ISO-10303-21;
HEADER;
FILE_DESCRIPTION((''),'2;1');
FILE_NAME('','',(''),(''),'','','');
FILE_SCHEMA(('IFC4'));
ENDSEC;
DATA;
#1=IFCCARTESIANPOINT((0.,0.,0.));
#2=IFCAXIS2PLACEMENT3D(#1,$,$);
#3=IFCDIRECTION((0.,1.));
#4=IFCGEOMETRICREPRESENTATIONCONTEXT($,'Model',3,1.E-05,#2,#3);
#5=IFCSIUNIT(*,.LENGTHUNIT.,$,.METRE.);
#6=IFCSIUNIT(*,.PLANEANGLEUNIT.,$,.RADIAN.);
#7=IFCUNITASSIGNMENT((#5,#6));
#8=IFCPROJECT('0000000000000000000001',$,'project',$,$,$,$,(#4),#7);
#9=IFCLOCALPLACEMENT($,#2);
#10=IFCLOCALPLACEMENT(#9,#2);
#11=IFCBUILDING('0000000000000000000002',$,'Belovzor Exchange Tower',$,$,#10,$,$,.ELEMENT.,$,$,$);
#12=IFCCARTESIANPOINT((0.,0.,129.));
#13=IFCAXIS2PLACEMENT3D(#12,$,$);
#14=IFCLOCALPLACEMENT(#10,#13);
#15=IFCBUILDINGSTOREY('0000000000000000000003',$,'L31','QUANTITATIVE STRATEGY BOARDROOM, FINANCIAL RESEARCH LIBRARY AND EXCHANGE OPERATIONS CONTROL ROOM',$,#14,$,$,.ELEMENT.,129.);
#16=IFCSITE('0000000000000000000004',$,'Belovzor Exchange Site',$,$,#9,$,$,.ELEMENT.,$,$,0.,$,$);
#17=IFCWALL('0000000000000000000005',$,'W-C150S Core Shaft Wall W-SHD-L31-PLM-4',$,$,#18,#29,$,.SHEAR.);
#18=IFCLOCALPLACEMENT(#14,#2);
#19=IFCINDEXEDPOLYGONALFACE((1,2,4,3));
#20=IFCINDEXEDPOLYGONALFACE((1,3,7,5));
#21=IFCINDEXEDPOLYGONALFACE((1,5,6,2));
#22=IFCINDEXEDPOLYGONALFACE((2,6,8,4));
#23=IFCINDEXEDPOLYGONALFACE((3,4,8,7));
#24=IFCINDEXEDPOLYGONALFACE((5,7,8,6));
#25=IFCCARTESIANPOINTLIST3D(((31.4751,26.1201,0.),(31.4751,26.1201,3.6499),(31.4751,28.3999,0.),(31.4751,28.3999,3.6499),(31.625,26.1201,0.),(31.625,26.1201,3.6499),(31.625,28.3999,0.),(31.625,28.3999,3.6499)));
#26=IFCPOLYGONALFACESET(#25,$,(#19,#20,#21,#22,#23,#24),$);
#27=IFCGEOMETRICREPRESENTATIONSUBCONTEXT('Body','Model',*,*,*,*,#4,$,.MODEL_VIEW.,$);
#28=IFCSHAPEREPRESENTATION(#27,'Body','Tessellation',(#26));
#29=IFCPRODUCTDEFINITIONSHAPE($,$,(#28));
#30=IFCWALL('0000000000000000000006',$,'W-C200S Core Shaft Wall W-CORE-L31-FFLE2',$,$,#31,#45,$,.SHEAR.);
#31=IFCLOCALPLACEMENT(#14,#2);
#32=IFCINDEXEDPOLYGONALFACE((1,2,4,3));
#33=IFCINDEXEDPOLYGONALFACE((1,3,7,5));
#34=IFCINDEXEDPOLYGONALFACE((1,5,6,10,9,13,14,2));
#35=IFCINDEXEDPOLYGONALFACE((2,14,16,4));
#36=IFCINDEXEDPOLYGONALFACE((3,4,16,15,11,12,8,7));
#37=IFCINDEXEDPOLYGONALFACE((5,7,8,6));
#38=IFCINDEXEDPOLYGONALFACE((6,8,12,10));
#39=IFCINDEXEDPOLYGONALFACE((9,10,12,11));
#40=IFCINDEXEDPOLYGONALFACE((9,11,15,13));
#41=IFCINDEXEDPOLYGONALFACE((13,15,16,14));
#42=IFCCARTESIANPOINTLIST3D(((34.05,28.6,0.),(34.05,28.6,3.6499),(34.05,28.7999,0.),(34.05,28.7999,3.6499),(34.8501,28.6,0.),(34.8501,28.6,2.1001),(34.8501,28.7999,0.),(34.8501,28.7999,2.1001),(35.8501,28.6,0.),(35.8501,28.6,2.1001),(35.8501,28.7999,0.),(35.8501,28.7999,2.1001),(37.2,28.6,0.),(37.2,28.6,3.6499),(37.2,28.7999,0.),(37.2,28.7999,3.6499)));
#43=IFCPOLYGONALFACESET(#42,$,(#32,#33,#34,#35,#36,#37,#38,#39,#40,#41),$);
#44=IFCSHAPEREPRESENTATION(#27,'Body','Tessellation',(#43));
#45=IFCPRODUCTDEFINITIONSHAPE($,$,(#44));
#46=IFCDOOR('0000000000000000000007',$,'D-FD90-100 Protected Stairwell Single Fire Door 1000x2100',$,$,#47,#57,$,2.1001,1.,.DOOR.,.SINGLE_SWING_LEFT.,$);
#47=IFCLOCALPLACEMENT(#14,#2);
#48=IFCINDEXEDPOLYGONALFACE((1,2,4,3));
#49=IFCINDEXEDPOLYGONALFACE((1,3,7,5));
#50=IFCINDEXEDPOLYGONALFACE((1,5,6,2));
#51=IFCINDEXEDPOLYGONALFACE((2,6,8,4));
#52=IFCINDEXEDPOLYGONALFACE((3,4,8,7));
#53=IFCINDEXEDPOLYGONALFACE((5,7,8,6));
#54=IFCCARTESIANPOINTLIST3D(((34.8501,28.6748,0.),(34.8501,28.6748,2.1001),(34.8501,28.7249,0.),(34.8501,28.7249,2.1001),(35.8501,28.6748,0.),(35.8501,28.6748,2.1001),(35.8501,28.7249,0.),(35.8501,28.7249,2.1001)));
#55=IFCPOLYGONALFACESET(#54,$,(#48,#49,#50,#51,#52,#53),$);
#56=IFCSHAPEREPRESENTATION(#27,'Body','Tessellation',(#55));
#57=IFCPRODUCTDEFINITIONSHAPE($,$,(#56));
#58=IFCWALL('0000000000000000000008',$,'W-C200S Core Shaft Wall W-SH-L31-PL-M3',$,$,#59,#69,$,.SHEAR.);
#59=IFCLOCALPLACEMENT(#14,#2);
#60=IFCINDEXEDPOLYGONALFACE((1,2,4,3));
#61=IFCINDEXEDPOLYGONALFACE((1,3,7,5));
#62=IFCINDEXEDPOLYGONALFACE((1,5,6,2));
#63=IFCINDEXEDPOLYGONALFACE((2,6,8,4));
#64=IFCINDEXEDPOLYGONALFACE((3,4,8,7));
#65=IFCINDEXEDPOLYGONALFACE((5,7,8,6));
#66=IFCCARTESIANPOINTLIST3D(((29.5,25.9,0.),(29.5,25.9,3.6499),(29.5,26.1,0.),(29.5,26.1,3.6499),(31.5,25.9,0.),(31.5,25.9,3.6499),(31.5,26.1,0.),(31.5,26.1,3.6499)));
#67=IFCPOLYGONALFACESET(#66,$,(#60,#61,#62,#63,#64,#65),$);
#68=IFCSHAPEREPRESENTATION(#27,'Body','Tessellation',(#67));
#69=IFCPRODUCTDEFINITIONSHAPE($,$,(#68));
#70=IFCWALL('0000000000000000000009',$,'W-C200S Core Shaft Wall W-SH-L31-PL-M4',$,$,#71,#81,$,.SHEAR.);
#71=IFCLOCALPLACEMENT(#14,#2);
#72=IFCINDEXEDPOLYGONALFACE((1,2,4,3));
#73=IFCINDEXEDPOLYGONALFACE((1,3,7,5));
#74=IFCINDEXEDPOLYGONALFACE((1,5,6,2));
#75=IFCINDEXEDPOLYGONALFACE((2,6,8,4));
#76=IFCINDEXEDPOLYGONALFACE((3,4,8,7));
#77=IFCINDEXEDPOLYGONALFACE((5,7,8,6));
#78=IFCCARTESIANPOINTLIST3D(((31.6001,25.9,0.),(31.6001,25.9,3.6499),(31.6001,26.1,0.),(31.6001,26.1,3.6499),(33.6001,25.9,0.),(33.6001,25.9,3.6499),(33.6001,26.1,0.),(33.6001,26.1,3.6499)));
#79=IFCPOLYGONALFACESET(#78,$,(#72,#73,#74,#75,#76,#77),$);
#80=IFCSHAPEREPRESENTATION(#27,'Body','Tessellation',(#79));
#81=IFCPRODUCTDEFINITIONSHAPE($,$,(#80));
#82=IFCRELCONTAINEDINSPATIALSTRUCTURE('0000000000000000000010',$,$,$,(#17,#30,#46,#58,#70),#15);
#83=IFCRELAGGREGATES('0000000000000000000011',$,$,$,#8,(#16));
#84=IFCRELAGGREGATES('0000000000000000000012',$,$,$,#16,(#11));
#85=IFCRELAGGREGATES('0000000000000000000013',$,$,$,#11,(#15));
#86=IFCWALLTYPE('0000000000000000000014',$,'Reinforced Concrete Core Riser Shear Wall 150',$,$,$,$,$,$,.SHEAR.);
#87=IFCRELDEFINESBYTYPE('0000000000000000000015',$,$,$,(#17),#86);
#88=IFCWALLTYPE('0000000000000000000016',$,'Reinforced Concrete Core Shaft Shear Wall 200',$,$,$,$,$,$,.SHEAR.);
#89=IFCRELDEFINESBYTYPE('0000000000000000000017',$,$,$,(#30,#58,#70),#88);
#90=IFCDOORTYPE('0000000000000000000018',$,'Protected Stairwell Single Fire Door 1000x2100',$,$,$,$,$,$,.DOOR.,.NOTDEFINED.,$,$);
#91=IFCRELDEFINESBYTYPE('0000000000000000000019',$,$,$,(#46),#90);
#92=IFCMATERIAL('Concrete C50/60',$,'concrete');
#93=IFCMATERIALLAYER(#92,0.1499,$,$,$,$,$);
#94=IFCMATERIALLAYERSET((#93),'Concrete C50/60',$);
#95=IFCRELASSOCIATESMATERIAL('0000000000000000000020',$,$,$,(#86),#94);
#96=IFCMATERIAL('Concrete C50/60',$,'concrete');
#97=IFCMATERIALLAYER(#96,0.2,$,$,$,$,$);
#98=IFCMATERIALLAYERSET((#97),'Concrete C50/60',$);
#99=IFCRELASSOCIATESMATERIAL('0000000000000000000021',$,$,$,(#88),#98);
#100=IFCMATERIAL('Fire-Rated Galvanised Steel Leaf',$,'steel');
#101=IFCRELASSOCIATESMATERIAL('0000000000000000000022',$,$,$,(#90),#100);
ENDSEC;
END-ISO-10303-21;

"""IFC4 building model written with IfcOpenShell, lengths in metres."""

from ifc_helpers import new_model, si_unit, direction, frame, frame_2d, origin, place, context, subcontext, project, spatial, rectangle, extrude, material, layer, layer_set, type_object, element, fill, save


model = new_model("IFC4")

# Units and contexts
model_context = context("Model", 3, precision=1e-05, world=origin(), true_north=direction((0.0, 1.0)))
body_context = subcontext(model_context, "Body", "Model", "MODEL_VIEW")
ifc_project = project(units=[si_unit("LENGTHUNIT", "METRE"), si_unit("PLANEANGLEUNIT", "RADIAN")], contexts=[model_context])

# Site, building, storey
site_placement = place(None, origin())
site = spatial("IfcSite", under=ifc_project, at=site_placement, Name="Belovzor Exchange Site", CompositionType="ELEMENT", RefElevation=0.0)
building_placement = place(site_placement, origin())
building = spatial("IfcBuilding", under=site, at=building_placement, Name="Belovzor Exchange Tower", CompositionType="ELEMENT")
storey_placement = place(building_placement, frame((0.0, 0.0, 129.0)))
storey = spatial("IfcBuildingStorey", under=building, at=storey_placement, Name="L31", Description="QUANTITATIVE STRATEGY BOARDROOM, FINANCIAL RESEARCH LIBRARY AND EXCHANGE OPERATIONS CONTROL ROOM", CompositionType="ELEMENT", Elevation=129.0)

# Wall
ifc_material_1 = material(Name="Concrete C50/60", Category="concrete")
ifc_layer_1 = layer(ifc_material_1, 0.1499)
ifc_layer_set_1 = layer_set([ifc_layer_1], Name="Concrete C50/60")
wall_type_1 = type_object("IfcWallType", Name="Reinforced Concrete Core Riser Shear Wall 150", PredefinedType="SHEAR", material=ifc_layer_set_1)
for number, where, z_axis, x_axis, name in (
    (1, (31.55, 26.1201, 0.0), (0.0, 0.0, 1.0), (0.0, 1.0, 0.0), "W-C150S Core Shaft Wall W-SHD-L31-PLM-4"),
):
    element("IfcWall", number, at=place(storey_placement, frame(where, z_axis=z_axis, x_axis=x_axis)), inside=storey, type_object=wall_type_1, Name=name, PredefinedType="SHEAR", context=body_context, shape_type="SweptSolid", body=[
        extrude(rectangle(XDim=2.2798, YDim=0.1499, at=frame_2d((1.1399, 0.0))), origin(), (0.0, 0.0, 1.0), 3.6499),
    ])

# Wall, opening, door
ifc_material_2 = material(Name="Concrete C50/60", Category="concrete")
ifc_layer_2 = layer(ifc_material_2, 0.2)
ifc_layer_set_2 = layer_set([ifc_layer_2], Name="Concrete C50/60")
wall_type_2 = type_object("IfcWallType", Name="Reinforced Concrete Core Shaft Shear Wall 200", PredefinedType="SHEAR", material=ifc_layer_set_2)
wall_1_placement = place(storey_placement, frame((34.05, 28.7, 0.0), z_axis=(0.0, 0.0, 1.0), x_axis=(1.0, 0.0, 0.0)))
wall_1 = element("IfcWall", 2, at=wall_1_placement, inside=storey, type_object=wall_type_2, Name="W-C200S Core Shaft Wall W-CORE-L31-FFLE2", PredefinedType="SHEAR", context=body_context, shape_type="SweptSolid", body=[
    extrude(rectangle(XDim=3.1499, YDim=0.2, at=frame_2d((1.575, 0.0))), origin(), (0.0, 0.0, 1.0), 3.6499),
])
opening_1_placement = place(wall_1_placement, frame((0.8, 0.0, 0.0)))
opening_1 = element("IfcOpeningElement", 3, at=opening_1_placement, cuts=wall_1, PredefinedType="OPENING", context=body_context, shape_type="SweptSolid", body=[
    extrude(rectangle(XDim=1.0, YDim=2.1001, at=frame_2d((0.5, 1.05))), frame((0.0, 0.1099, 0.0), z_axis=(0.0, -1.0, 0.0), x_axis=(1.0, 0.0, 0.0)), (0.0, 0.0, 1.0), 0.22),
])
ifc_material_3 = material(Name="Fire-Rated Galvanised Steel Leaf", Category="steel")
door_type_1 = type_object("IfcDoorType", Name="Protected Stairwell Single Fire Door 1000x2100", OperationType="NOTDEFINED", PredefinedType="DOOR", material=ifc_material_3)
door_1_placement = place(opening_1_placement, origin())
door_1 = element("IfcDoor", 4, at=door_1_placement, inside=storey, type_object=door_type_1, Name="D-FD90-100 Protected Stairwell Single Fire Door 1000x2100", OperationType="SINGLE_SWING_LEFT", OverallHeight=2.1001, OverallWidth=1.0, PredefinedType="DOOR", context=body_context, shape_type="SweptSolid", body=[
    extrude(rectangle(XDim=1.0, YDim=2.1001, at=frame_2d((0.5, 1.05))), frame((0.0, 0.0249, 0.0), z_axis=(0.0, -1.0, 0.0), x_axis=(1.0, 0.0, 0.0)), (0.0, 0.0, 1.0), 0.05),
])
fill(opening_1, door_1)

# Walls
for number, where, z_axis, x_axis, name in (
    (5, (29.5, 26.0, 0.0), (0.0, 0.0, 1.0), (1.0, 0.0, 0.0), "W-C200S Core Shaft Wall W-SH-L31-PL-M3"),
    (6, (31.6001, 26.0, 0.0), (0.0, 0.0, 1.0), (1.0, 0.0, 0.0), "W-C200S Core Shaft Wall W-SH-L31-PL-M4"),
):
    element("IfcWall", number, at=place(storey_placement, frame(where, z_axis=z_axis, x_axis=x_axis)), inside=storey, type_object=wall_type_2, Name=name, PredefinedType="SHEAR", context=body_context, shape_type="SweptSolid", body=[
        extrude(rectangle(XDim=2.0, YDim=0.2, at=frame_2d((1.0, 0.0))), origin(), (0.0, 0.0, 1.0), 3.6499),
    ])

save(model, "model.ifc")
